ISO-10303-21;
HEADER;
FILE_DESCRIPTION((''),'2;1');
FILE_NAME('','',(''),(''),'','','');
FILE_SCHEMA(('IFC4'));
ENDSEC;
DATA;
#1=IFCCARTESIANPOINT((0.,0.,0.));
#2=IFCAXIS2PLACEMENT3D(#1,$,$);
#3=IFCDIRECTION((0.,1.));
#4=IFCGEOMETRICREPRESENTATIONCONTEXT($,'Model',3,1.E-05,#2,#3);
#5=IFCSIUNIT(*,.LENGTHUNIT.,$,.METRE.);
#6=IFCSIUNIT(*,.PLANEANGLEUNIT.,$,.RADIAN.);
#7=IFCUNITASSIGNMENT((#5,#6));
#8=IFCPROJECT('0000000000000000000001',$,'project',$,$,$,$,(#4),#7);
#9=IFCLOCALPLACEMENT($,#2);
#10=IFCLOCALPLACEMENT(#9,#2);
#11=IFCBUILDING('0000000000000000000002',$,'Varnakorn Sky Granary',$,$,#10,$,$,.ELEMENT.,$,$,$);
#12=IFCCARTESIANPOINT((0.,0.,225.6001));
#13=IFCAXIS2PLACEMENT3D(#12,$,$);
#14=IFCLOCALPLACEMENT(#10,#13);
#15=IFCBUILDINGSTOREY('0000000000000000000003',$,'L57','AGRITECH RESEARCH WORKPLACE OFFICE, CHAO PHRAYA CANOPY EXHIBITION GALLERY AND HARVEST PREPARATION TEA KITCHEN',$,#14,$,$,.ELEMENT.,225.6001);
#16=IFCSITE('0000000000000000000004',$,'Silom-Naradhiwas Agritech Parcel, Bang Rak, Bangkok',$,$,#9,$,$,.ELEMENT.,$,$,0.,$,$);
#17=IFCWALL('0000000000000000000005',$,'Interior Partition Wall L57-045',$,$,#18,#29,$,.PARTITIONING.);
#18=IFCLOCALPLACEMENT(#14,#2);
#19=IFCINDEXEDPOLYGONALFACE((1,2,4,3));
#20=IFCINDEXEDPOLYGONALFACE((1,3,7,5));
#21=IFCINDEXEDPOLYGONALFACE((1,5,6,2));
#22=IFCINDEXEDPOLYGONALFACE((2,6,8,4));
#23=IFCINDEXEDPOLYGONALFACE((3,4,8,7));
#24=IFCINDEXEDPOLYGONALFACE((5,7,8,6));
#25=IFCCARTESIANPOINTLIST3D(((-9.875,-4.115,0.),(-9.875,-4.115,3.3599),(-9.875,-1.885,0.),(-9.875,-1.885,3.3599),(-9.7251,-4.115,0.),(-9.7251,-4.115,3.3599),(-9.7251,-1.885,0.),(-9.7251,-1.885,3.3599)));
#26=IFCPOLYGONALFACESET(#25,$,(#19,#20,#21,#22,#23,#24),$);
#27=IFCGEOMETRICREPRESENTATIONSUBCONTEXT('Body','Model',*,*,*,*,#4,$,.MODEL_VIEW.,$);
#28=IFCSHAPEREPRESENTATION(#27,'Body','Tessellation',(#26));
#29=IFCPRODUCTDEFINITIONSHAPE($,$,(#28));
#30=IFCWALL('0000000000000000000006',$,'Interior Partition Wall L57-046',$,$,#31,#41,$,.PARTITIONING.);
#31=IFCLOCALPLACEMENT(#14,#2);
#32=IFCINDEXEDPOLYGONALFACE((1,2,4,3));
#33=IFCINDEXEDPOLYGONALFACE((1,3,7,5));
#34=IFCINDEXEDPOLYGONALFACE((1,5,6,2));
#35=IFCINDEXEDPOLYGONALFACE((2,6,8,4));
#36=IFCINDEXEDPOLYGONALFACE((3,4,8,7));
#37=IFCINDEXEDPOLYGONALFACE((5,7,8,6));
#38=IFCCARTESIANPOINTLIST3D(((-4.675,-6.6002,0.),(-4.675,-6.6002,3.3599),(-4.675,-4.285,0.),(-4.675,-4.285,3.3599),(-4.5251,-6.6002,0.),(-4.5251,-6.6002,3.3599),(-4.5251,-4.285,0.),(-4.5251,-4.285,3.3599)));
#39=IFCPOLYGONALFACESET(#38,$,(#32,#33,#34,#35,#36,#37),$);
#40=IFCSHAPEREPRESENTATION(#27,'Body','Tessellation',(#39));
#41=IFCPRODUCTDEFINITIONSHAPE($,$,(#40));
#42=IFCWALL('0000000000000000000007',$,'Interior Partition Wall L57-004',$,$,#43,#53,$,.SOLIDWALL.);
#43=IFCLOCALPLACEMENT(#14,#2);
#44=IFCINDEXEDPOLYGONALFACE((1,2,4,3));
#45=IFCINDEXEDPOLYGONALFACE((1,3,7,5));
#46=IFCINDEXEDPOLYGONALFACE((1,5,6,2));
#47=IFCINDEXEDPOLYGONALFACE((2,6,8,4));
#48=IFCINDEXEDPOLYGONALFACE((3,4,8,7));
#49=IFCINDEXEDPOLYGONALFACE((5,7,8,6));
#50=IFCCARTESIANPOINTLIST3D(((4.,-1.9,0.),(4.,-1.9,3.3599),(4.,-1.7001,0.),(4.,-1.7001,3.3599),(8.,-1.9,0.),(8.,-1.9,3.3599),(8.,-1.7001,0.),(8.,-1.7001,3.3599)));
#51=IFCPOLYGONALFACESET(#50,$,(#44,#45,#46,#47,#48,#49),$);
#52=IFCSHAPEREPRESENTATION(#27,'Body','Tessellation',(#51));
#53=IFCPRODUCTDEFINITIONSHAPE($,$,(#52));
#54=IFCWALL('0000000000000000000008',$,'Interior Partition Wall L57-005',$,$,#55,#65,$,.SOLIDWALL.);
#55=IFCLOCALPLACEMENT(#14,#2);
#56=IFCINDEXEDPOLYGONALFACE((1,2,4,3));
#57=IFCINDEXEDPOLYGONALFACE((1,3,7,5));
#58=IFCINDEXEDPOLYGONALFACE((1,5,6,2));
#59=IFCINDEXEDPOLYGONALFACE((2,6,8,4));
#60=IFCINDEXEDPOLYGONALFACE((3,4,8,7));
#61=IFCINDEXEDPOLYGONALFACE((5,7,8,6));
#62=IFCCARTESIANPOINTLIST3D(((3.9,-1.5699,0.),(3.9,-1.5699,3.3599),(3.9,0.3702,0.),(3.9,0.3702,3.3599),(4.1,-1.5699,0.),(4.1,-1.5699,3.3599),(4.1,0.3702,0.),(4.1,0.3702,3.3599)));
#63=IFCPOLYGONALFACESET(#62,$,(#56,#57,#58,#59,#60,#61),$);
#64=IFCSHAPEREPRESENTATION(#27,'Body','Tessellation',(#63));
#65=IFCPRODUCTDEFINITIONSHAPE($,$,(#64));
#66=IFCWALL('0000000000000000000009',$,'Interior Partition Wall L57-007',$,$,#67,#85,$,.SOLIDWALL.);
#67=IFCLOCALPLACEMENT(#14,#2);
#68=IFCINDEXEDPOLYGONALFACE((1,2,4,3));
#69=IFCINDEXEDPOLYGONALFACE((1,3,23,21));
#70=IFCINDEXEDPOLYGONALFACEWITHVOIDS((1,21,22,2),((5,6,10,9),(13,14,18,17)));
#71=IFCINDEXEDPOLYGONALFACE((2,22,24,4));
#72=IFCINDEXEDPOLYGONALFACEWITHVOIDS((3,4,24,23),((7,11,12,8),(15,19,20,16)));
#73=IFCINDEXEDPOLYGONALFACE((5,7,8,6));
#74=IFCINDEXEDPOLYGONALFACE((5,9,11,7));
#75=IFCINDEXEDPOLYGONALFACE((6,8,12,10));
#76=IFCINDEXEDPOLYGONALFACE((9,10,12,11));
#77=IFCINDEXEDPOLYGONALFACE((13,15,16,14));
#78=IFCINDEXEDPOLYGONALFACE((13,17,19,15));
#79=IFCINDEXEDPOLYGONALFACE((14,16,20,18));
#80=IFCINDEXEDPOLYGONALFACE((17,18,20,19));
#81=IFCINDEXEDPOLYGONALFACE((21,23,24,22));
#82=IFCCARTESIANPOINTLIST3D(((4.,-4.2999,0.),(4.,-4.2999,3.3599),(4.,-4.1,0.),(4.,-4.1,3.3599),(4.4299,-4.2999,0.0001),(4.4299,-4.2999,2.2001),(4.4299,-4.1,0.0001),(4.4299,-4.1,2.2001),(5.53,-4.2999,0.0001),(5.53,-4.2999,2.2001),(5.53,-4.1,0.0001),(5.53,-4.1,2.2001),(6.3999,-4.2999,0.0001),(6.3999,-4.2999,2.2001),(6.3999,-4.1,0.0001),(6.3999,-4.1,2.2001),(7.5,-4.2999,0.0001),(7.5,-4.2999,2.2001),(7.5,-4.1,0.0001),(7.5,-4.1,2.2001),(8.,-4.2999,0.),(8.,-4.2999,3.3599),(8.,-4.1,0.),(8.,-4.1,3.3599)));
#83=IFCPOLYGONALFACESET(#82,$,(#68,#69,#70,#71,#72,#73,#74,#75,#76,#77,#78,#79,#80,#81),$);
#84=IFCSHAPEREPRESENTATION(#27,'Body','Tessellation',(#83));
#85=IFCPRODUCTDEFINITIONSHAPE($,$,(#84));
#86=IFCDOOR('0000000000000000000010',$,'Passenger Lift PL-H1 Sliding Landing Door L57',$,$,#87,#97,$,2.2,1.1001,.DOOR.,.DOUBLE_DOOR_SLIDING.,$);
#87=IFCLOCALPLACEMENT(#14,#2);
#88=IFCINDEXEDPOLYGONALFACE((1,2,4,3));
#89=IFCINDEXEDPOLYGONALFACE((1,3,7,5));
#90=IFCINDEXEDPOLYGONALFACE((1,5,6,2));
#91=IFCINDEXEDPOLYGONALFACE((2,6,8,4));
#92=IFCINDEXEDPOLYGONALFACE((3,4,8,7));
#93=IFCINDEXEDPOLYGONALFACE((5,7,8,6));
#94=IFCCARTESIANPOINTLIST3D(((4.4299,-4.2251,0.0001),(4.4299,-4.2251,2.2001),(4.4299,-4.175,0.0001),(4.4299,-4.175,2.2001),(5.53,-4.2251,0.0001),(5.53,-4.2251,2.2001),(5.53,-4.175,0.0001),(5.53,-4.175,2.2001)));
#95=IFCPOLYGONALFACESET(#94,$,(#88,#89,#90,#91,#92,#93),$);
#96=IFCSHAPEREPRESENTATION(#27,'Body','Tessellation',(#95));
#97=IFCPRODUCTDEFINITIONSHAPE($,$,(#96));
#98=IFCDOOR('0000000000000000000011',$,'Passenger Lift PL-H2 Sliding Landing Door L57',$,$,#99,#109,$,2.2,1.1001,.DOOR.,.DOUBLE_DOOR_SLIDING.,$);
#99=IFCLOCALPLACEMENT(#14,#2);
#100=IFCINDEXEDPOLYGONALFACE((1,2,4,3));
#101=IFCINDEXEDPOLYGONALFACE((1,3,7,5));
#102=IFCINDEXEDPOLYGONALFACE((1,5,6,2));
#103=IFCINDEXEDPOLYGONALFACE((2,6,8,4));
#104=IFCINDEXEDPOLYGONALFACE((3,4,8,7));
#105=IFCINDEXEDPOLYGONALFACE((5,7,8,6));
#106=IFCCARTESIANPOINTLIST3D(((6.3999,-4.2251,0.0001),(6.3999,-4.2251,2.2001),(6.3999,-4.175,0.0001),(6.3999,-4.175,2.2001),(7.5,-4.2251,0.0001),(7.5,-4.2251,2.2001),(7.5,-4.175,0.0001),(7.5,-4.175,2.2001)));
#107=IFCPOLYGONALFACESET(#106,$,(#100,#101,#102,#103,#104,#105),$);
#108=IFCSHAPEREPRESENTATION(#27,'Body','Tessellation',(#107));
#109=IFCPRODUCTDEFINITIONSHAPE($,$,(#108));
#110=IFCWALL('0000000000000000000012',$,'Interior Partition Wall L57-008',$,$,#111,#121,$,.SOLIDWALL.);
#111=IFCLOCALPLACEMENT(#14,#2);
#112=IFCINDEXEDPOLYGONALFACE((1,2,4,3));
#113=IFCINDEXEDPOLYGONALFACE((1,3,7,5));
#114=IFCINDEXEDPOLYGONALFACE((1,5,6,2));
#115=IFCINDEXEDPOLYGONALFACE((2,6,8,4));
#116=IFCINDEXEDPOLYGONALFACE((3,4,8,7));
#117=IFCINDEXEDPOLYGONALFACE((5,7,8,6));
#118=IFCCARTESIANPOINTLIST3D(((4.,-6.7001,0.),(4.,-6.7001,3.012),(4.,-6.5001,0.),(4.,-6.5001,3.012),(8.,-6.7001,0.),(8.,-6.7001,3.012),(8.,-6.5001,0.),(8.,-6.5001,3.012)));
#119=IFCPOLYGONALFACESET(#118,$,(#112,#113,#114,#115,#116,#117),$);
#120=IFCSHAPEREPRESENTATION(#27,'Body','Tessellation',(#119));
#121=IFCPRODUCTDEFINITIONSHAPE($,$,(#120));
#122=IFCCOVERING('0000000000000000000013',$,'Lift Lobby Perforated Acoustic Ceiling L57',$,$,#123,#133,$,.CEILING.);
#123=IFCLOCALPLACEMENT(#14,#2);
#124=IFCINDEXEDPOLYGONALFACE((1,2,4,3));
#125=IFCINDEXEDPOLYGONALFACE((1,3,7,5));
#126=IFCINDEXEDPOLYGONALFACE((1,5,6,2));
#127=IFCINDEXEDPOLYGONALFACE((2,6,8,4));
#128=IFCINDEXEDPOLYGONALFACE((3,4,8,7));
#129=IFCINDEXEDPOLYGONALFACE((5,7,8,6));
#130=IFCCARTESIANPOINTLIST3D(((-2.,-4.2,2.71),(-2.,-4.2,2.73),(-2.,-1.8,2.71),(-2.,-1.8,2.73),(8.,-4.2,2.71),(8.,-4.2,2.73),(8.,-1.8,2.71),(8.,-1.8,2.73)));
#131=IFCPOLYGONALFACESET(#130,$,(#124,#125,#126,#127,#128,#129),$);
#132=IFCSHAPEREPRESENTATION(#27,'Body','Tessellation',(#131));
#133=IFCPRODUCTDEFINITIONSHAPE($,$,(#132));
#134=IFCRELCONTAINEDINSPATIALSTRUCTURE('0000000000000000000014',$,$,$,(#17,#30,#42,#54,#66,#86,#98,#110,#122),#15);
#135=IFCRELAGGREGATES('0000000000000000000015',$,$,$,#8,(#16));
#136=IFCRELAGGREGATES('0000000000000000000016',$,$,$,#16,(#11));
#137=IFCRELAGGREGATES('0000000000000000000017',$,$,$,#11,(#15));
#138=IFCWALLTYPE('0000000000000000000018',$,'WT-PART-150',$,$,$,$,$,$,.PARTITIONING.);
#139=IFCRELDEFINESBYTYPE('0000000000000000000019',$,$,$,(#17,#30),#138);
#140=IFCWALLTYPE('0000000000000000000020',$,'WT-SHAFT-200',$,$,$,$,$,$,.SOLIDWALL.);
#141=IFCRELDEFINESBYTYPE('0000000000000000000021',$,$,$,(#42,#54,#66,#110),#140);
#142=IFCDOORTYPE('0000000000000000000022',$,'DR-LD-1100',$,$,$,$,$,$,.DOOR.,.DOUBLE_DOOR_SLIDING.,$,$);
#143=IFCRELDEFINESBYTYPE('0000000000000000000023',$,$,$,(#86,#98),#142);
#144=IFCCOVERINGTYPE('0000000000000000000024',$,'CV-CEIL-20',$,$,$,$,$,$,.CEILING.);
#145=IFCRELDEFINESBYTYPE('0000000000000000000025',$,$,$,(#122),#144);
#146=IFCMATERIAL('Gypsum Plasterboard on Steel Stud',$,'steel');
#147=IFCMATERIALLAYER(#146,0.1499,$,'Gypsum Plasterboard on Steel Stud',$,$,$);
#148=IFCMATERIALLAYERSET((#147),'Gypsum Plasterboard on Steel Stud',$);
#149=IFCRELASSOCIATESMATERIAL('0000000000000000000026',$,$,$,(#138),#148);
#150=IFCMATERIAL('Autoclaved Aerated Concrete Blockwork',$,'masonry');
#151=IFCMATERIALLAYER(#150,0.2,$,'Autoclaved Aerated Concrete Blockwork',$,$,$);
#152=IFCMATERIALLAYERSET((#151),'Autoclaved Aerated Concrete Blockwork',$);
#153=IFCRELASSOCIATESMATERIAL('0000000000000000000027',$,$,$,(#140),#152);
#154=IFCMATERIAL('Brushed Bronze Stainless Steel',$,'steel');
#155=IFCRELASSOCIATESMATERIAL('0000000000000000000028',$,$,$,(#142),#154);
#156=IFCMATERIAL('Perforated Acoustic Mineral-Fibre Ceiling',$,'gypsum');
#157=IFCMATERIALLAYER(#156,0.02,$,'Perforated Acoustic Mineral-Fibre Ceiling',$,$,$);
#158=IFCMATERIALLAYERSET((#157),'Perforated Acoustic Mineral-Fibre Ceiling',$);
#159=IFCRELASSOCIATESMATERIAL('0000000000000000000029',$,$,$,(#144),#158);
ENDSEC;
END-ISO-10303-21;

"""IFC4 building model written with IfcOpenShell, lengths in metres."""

from ifc_helpers import new_model, si_unit, direction, frame, frame_2d, origin, place, context, subcontext, project, spatial, polyline, rectangle, outline, extrude, material, layer, layer_set, type_object, element, fill, save


model = new_model("IFC4")

# Units and contexts
model_context = context("Model", 3, precision=1e-05, world=origin(), true_north=direction((0.0, 1.0)))
body_context = subcontext(model_context, "Body", "Model", "MODEL_VIEW")
ifc_project = project(units=[si_unit("LENGTHUNIT", "METRE"), si_unit("PLANEANGLEUNIT", "RADIAN")], contexts=[model_context])

# Site, building, storey
site_placement = place(None, origin())
site = spatial("IfcSite", under=ifc_project, at=site_placement, Name="Silom-Naradhiwas Agritech Parcel, Bang Rak, Bangkok", CompositionType="ELEMENT", RefElevation=0.0)
building_placement = place(site_placement, origin())
building = spatial("IfcBuilding", under=site, at=building_placement, Name="Varnakorn Sky Granary", CompositionType="ELEMENT")
storey_placement = place(building_placement, frame((0.0, 0.0, 225.6001)))
storey = spatial("IfcBuildingStorey", under=building, at=storey_placement, Name="L57", Description="AGRITECH RESEARCH WORKPLACE OFFICE, CHAO PHRAYA CANOPY EXHIBITION GALLERY AND HARVEST PREPARATION TEA KITCHEN", CompositionType="ELEMENT", Elevation=225.6001)

# Shared definitions
ifc_material_1 = material(Name="Autoclaved Aerated Concrete Blockwork", Category="masonry")

# Walls
ifc_material_2 = material(Name="Gypsum Plasterboard on Steel Stud", Category="steel")
ifc_layer_1 = layer(ifc_material_2, 0.1499, Name="Gypsum Plasterboard on Steel Stud")
ifc_layer_set_1 = layer_set([ifc_layer_1], Name="Gypsum Plasterboard on Steel Stud")
wall_type_1 = type_object("IfcWallType", Name="WT-PART-150", PredefinedType="PARTITIONING", material=ifc_layer_set_1)
wall_1_placement = place(storey_placement, frame((-9.8, -1.885, 0.0), z_axis=(0.0, 0.0, 1.0), x_axis=(0.0, -1.0, 0.0)))
element("IfcWall", 1, at=wall_1_placement, inside=storey, type_object=wall_type_1, Name="Interior Partition Wall L57-045", PredefinedType="PARTITIONING", context=body_context, shape_type="SweptSolid", body=[
    extrude(rectangle(XDim=2.23, YDim=0.1499, at=frame_2d((1.115, 0.0))), origin(), (0.0, 0.0, 1.0), 3.3599),
])
wall_2_placement = place(storey_placement, frame((-4.6001, -4.2849, 0.0), z_axis=(0.0, 0.0, 1.0), x_axis=(0.0, -1.0, 0.0)))
element("IfcWall", 2, at=wall_2_placement, inside=storey, type_object=wall_type_1, Name="Interior Partition Wall L57-046", PredefinedType="PARTITIONING", context=body_context, shape_type="SweptSolid", body=[
    extrude(rectangle(XDim=2.3152, YDim=0.1499, at=frame_2d((1.1577, 0.0))), origin(), (0.0, 0.0, 1.0), 3.3599),
])
ifc_layer_2 = layer(ifc_material_1, 0.2, Name="Autoclaved Aerated Concrete Blockwork")
ifc_layer_set_2 = layer_set([ifc_layer_2], Name="Autoclaved Aerated Concrete Blockwork")
wall_type_2 = type_object("IfcWallType", Name="WT-SHAFT-200", PredefinedType="SOLIDWALL", material=ifc_layer_set_2)
wall_3_placement = place(storey_placement, frame((4.0, -1.8, 0.0), z_axis=(0.0, 0.0, 1.0), x_axis=(1.0, 0.0, 0.0)))
element("IfcWall", 3, at=wall_3_placement, inside=storey, type_object=wall_type_2, Name="Interior Partition Wall L57-004", PredefinedType="SOLIDWALL", context=body_context, shape_type="SweptSolid", body=[
    extrude(rectangle(XDim=4.0, YDim=0.2, at=frame_2d((2.0, 0.0))), origin(), (0.0, 0.0, 1.0), 3.3599),
])
wall_4_placement = place(storey_placement, frame((4.0, -1.5701, 0.0), z_axis=(0.0, 0.0, 1.0), x_axis=(0.0, 1.0, 0.0)))
element("IfcWall", 4, at=wall_4_placement, inside=storey, type_object=wall_type_2, Name="Interior Partition Wall L57-005", PredefinedType="SOLIDWALL", context=body_context, shape_type="SweptSolid", body=[
    extrude(rectangle(XDim=1.9402, YDim=0.2, at=frame_2d((0.9702, 0.0))), origin(), (0.0, 0.0, 1.0), 3.3599),
])

# Wall, openings, doors
wall_5_placement = place(storey_placement, frame((4.0, -4.2, 0.0), z_axis=(0.0, 0.0, 1.0), x_axis=(1.0, 0.0, 0.0)))
wall_5 = element("IfcWall", 5, at=wall_5_placement, inside=storey, type_object=wall_type_2, Name="Interior Partition Wall L57-007", PredefinedType="SOLIDWALL", context=body_context, shape_type="SweptSolid", body=[
    extrude(rectangle(XDim=4.0, YDim=0.2, at=frame_2d((2.0, 0.0))), origin(), (0.0, 0.0, 1.0), 3.3599),
])
opening_1_placement = place(wall_5_placement, frame((0.4299, 0.0, 0.0)))
opening_1 = element("IfcOpeningElement", 6, at=opening_1_placement, cuts=wall_5, PredefinedType="OPENING", context=body_context, shape_type="SweptSolid", body=[
    extrude(rectangle(XDim=1.1001, YDim=2.2, at=frame_2d((0.55, 1.1001))), frame((0.0, 0.1099, 0.0), z_axis=(0.0, -1.0, 0.0), x_axis=(1.0, 0.0, 0.0)), (0.0, 0.0, 1.0), 0.22),
])
opening_2_placement = place(wall_5_placement, frame((2.3999, 0.0, 0.0)))
opening_2 = element("IfcOpeningElement", 7, at=opening_2_placement, cuts=wall_5, PredefinedType="OPENING", context=body_context, shape_type="SweptSolid", body=[
    extrude(rectangle(XDim=1.1001, YDim=2.2, at=frame_2d((0.55, 1.1001))), frame((0.0, 0.1099, 0.0), z_axis=(0.0, -1.0, 0.0), x_axis=(1.0, 0.0, 0.0)), (0.0, 0.0, 1.0), 0.22),
])
ifc_material_3 = material(Name="Brushed Bronze Stainless Steel", Category="steel")
door_type_1 = type_object("IfcDoorType", Name="DR-LD-1100", OperationType="DOUBLE_DOOR_SLIDING", PredefinedType="DOOR", material=ifc_material_3)
door_1_placement = place(opening_1_placement, origin())
door_1 = element("IfcDoor", 8, at=door_1_placement, inside=storey, type_object=door_type_1, Name="Passenger Lift PL-H1 Sliding Landing Door L57", OperationType="DOUBLE_DOOR_SLIDING", OverallHeight=2.2, OverallWidth=1.1001, PredefinedType="DOOR", context=body_context, shape_type="SweptSolid", body=[
    extrude(rectangle(XDim=1.1001, YDim=2.2, at=frame_2d((0.55, 1.1001))), frame((0.0, 0.0249, 0.0), z_axis=(0.0, -1.0, 0.0), x_axis=(1.0, 0.0, 0.0)), (0.0, 0.0, 1.0), 0.05),
])
fill(opening_1, door_1)
door_2_placement = place(opening_2_placement, origin())
door_2 = element("IfcDoor", 9, at=door_2_placement, inside=storey, type_object=door_type_1, Name="Passenger Lift PL-H2 Sliding Landing Door L57", OperationType="DOUBLE_DOOR_SLIDING", OverallHeight=2.2, OverallWidth=1.1001, PredefinedType="DOOR", context=body_context, shape_type="SweptSolid", body=[
    extrude(rectangle(XDim=1.1001, YDim=2.2, at=frame_2d((0.55, 1.1001))), frame((0.0, 0.0249, 0.0), z_axis=(0.0, -1.0, 0.0), x_axis=(1.0, 0.0, 0.0)), (0.0, 0.0, 1.0), 0.05),
])
fill(opening_2, door_2)

# Wall
wall_6_placement = place(storey_placement, frame((4.0, -6.6001, 0.0), z_axis=(0.0, 0.0, 1.0), x_axis=(1.0, 0.0, 0.0)))
element("IfcWall", 10, at=wall_6_placement, inside=storey, type_object=wall_type_2, Name="Interior Partition Wall L57-008", PredefinedType="SOLIDWALL", context=body_context, shape_type="SweptSolid", body=[
    extrude(rectangle(XDim=4.0, YDim=0.2, at=frame_2d((2.0, 0.0))), origin(), (0.0, 0.0, 1.0), 3.012),
])

# Covering
ifc_material_4 = material(Name="Perforated Acoustic Mineral-Fibre Ceiling", Category="gypsum")
ifc_layer_3 = layer(ifc_material_4, 0.02, Name="Perforated Acoustic Mineral-Fibre Ceiling")
ifc_layer_set_3 = layer_set([ifc_layer_3], Name="Perforated Acoustic Mineral-Fibre Ceiling")
covering_type = type_object("IfcCoveringType", Name="CV-CEIL-20", PredefinedType="CEILING", material=ifc_layer_set_3)
covering_placement = place(storey_placement, frame((0.0, 0.0, 2.71)))
element("IfcCovering", 11, at=covering_placement, inside=storey, type_object=covering_type, Name="Lift Lobby Perforated Acoustic Ceiling L57", PredefinedType="CEILING", context=body_context, shape_type="SweptSolid", body=[
    extrude(outline(polyline([(-2.0, -4.2), (8.0, -4.2), (8.0, -1.8), (-2.0, -1.8), (-2.0, -4.2)])), origin(), (0.0, 0.0, 1.0), 0.02),
])

save(model, "model.ifc")
